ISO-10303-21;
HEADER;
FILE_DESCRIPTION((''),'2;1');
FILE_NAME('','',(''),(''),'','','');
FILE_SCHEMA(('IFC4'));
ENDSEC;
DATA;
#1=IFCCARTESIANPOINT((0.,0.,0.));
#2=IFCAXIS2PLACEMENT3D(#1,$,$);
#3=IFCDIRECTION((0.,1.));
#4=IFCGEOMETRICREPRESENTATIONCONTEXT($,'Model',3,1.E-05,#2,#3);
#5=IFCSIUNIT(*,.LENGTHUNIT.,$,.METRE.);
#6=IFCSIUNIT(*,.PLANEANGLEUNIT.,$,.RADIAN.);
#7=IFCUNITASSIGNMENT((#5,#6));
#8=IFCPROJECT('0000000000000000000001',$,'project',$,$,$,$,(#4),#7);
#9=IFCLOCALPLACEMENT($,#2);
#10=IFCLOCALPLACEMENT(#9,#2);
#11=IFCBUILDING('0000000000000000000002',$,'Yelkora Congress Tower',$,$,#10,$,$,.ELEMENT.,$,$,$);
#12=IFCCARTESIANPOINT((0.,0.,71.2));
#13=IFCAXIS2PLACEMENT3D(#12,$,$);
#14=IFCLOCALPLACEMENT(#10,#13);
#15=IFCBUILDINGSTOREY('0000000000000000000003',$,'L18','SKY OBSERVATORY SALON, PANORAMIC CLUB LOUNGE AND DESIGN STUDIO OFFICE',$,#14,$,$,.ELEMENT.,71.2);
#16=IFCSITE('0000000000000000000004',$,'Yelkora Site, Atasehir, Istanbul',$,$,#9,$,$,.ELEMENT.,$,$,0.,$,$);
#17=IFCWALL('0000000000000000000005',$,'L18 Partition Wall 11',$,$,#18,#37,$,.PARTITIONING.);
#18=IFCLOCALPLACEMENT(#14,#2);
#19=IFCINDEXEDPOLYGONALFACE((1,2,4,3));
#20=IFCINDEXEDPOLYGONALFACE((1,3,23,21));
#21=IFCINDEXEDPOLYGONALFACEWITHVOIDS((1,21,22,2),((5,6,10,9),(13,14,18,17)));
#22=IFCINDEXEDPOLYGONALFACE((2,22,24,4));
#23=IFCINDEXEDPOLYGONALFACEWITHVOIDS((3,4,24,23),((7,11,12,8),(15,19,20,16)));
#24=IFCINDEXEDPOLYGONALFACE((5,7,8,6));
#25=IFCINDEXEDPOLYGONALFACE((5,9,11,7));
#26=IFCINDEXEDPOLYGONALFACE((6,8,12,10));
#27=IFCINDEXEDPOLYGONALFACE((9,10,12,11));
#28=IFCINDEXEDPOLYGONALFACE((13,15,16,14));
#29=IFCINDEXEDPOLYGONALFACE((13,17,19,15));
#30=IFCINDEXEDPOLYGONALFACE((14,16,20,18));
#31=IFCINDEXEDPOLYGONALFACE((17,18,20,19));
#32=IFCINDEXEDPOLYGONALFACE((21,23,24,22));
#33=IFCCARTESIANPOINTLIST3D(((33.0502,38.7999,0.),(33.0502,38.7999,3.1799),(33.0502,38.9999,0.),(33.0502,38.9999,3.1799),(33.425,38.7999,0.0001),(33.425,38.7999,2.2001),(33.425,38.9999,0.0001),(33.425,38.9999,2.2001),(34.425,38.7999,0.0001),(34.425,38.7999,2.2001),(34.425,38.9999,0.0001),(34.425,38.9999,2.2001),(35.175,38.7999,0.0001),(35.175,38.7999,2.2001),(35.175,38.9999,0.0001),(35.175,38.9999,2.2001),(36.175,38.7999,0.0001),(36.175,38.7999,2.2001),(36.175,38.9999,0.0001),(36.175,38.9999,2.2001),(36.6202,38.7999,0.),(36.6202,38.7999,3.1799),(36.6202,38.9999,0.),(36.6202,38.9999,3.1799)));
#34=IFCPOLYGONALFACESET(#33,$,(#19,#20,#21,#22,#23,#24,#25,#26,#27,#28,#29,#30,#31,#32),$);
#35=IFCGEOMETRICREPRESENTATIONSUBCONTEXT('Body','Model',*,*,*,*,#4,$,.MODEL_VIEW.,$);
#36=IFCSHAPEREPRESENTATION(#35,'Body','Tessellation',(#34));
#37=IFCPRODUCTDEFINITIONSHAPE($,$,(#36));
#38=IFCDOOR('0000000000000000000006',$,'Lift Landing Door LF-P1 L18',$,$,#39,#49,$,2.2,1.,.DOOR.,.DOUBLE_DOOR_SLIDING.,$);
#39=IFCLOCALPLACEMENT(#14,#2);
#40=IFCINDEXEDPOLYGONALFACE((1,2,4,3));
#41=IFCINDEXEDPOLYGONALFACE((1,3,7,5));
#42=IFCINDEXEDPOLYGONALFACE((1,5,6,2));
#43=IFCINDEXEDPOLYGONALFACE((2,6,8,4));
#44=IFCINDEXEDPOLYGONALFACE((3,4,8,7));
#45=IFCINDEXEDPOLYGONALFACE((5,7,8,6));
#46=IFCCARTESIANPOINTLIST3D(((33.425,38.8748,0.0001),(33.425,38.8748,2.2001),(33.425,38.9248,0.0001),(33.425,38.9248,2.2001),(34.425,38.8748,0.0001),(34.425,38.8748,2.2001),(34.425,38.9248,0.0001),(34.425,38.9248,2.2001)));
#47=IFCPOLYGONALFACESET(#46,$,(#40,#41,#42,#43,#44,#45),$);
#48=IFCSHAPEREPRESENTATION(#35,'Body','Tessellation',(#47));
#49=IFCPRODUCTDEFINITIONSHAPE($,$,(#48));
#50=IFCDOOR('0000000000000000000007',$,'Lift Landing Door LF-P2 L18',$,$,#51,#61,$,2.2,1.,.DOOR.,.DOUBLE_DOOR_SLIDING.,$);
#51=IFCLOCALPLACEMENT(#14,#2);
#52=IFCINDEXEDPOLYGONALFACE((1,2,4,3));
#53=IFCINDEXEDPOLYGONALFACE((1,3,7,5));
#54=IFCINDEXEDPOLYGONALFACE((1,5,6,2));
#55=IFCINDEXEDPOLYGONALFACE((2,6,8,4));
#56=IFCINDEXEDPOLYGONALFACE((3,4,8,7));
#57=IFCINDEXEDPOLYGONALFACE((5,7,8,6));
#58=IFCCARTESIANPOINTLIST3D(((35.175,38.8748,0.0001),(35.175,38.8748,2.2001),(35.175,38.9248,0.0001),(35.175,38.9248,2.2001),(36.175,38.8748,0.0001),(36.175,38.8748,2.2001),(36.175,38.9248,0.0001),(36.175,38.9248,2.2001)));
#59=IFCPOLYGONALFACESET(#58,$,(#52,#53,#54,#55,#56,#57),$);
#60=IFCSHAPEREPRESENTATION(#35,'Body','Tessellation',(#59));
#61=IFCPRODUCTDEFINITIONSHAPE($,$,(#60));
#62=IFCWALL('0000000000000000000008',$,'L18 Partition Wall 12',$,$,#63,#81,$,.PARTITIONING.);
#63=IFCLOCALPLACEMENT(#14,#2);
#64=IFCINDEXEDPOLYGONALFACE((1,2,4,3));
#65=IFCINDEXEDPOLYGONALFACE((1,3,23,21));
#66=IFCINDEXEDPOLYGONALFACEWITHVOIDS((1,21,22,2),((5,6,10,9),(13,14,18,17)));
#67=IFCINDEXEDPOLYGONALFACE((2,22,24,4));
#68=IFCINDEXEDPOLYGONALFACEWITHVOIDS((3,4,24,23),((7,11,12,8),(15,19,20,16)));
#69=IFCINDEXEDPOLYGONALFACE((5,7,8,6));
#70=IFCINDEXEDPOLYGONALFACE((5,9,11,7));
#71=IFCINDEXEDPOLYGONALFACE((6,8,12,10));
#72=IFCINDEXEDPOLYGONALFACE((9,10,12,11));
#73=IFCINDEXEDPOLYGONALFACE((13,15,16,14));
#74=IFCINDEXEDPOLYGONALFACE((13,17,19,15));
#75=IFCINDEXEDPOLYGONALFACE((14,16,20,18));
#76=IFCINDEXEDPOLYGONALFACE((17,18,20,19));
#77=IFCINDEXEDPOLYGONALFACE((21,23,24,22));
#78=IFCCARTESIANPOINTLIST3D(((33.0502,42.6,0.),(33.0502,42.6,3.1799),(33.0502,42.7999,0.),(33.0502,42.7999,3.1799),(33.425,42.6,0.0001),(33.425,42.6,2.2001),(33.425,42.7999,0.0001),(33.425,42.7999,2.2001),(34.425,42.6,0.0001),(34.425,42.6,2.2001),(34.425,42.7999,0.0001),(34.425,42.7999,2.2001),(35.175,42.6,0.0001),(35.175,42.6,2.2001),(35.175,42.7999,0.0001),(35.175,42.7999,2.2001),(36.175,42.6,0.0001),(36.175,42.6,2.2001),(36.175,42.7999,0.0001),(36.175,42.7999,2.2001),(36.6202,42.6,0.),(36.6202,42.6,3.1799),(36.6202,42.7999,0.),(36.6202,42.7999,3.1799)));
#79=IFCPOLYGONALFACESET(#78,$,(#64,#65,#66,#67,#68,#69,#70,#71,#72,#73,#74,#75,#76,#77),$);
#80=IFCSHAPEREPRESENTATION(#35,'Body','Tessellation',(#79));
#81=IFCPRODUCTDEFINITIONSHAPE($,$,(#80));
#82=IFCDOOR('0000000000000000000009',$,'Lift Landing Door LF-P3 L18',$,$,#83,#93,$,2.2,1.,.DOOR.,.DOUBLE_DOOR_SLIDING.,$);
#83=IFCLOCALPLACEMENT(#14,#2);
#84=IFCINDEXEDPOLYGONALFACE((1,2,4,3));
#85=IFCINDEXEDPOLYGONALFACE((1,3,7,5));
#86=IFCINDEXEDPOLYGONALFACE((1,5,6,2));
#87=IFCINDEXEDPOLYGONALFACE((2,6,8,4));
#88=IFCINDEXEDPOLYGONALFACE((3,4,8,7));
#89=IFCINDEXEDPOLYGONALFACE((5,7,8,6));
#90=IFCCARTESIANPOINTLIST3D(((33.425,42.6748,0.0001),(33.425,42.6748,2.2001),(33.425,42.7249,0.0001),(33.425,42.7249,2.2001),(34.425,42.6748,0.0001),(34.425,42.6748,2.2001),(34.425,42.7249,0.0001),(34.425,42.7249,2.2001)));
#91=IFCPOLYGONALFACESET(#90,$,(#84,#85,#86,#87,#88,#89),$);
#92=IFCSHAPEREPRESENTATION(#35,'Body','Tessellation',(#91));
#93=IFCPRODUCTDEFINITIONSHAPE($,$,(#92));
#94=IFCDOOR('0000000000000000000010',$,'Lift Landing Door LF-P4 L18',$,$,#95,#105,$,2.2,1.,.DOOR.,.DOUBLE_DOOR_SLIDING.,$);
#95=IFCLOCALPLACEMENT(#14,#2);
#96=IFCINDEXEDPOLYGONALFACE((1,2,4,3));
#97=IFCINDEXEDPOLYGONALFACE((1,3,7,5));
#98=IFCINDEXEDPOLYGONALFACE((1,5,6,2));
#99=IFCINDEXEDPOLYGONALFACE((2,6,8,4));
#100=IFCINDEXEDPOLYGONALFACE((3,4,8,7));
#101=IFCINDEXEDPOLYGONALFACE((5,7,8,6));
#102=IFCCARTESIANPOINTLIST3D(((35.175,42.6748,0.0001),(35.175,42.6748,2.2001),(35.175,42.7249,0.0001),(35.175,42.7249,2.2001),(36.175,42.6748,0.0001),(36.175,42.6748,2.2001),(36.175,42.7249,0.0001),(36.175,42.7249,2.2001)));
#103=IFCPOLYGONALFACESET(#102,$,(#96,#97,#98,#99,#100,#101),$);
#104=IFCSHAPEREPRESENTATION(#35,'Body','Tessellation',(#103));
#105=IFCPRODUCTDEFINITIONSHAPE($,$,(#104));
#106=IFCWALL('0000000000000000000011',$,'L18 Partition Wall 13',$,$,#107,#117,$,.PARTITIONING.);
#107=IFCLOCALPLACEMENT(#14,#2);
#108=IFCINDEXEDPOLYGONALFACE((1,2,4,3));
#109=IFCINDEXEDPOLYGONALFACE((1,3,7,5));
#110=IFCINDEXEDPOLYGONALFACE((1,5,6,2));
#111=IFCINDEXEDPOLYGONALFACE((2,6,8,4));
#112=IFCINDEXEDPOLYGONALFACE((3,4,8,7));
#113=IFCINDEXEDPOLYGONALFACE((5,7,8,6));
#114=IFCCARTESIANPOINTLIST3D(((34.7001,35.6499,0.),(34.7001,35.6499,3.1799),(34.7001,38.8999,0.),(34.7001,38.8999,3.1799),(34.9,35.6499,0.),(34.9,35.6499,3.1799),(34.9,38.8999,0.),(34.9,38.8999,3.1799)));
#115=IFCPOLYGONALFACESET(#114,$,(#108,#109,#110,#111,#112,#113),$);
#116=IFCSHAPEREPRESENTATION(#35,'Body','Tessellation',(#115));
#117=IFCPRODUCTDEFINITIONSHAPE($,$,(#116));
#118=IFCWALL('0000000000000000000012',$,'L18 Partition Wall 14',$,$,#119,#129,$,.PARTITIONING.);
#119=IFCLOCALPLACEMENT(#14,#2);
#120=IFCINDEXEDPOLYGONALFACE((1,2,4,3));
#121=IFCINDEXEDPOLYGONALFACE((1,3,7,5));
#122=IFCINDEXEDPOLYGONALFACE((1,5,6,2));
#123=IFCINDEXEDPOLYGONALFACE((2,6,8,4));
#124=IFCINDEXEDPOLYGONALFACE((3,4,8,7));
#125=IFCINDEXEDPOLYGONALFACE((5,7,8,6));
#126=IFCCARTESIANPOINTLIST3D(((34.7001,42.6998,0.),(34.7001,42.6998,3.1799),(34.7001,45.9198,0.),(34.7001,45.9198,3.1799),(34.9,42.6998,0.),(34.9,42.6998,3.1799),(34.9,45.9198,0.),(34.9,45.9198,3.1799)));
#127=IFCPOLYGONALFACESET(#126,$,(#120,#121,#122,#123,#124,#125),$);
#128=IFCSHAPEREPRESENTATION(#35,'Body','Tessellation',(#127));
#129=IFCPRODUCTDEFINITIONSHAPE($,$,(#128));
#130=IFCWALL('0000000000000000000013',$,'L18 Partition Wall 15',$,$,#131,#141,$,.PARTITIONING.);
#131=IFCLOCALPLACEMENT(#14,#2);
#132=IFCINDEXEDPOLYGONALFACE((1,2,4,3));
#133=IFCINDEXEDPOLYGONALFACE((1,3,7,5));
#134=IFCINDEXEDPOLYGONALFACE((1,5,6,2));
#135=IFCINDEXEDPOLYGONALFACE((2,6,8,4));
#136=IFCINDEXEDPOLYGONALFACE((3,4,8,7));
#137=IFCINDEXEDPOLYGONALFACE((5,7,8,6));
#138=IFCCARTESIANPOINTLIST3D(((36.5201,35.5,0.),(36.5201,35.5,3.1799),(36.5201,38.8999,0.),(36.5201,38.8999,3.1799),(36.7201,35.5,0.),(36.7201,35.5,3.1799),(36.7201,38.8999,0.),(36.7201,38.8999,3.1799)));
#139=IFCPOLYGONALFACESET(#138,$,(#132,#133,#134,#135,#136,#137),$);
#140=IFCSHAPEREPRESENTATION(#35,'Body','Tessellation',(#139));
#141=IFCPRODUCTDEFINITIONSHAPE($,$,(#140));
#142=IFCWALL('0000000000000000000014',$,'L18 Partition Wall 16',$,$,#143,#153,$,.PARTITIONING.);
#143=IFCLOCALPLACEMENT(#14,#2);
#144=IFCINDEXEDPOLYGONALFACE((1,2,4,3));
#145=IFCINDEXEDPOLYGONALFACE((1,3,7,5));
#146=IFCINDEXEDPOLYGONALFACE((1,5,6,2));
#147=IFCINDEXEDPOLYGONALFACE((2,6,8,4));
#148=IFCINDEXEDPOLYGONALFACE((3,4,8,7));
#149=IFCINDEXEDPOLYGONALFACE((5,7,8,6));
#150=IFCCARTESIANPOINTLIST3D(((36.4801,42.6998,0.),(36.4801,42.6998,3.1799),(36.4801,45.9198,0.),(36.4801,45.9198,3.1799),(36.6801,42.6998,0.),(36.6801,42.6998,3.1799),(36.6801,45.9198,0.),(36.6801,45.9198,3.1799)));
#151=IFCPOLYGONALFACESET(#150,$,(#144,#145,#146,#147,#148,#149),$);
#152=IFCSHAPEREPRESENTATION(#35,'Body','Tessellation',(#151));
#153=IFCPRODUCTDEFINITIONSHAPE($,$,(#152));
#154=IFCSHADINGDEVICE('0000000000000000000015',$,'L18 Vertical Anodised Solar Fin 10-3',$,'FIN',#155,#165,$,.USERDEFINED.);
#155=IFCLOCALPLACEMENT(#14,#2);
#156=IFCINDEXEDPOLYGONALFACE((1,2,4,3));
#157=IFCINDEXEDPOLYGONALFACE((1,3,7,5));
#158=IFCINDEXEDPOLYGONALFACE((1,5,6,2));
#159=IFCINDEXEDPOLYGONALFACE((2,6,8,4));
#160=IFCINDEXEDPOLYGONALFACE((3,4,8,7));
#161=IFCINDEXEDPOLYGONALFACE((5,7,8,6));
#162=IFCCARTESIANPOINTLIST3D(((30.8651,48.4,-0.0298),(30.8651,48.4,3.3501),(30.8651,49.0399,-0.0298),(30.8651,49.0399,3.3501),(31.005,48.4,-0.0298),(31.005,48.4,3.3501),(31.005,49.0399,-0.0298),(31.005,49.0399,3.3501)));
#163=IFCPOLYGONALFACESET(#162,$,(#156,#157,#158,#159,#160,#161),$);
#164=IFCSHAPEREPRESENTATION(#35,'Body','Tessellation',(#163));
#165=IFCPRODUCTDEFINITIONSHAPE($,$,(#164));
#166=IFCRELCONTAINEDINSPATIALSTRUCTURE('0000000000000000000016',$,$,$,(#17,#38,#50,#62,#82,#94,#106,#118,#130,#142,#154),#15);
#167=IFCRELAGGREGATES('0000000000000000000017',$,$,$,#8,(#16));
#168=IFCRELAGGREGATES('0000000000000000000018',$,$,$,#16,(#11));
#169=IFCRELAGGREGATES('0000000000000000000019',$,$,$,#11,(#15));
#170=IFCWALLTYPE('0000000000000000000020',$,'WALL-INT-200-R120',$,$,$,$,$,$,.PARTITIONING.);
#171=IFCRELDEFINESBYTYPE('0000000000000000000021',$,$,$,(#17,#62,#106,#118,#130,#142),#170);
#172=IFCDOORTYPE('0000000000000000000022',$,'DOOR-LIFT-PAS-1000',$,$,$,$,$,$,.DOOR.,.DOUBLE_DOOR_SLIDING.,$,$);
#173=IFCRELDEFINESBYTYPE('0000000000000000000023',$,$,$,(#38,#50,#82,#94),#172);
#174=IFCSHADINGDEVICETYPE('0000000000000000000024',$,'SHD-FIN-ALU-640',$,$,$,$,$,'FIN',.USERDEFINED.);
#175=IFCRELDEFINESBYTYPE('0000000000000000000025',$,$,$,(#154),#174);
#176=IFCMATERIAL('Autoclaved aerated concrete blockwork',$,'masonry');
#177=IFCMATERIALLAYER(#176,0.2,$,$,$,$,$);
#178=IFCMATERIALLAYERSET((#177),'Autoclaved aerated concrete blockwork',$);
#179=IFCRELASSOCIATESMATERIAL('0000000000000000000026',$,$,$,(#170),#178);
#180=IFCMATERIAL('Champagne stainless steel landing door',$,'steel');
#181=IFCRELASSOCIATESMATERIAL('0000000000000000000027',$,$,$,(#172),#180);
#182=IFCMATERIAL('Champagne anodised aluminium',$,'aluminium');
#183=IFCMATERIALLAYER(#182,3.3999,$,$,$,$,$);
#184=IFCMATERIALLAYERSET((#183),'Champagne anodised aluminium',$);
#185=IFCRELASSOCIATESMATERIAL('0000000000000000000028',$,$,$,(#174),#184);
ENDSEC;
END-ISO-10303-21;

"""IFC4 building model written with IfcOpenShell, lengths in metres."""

from ifc_helpers import new_model, si_unit, direction, frame, frame_2d, origin, origin_2d, place, context, subcontext, project, spatial, rectangle, extrude, material, layer, layer_set, type_object, element, fill, save


model = new_model("IFC4")

# Units and contexts
model_context = context("Model", 3, precision=1e-05, world=origin(), true_north=direction((0.0, 1.0)))
body_context = subcontext(model_context, "Body", "Model", "MODEL_VIEW")
ifc_project = project(units=[si_unit("LENGTHUNIT", "METRE"), si_unit("PLANEANGLEUNIT", "RADIAN")], contexts=[model_context])

# Site, building, storey
site_placement = place(None, origin())
site = spatial("IfcSite", under=ifc_project, at=site_placement, Name="Yelkora Site, Atasehir, Istanbul", CompositionType="ELEMENT", RefElevation=0.0)
building_placement = place(site_placement, origin())
building = spatial("IfcBuilding", under=site, at=building_placement, Name="Yelkora Congress Tower", CompositionType="ELEMENT")
storey_placement = place(building_placement, frame((0.0, 0.0, 71.2)))
storey = spatial("IfcBuildingStorey", under=building, at=storey_placement, Name="L18", Description="SKY OBSERVATORY SALON, PANORAMIC CLUB LOUNGE AND DESIGN STUDIO OFFICE", CompositionType="ELEMENT", Elevation=71.2)

# Shared definitions
ifc_material_1 = material(Name="Autoclaved aerated concrete blockwork", Category="masonry")
ifc_layer_1 = layer(ifc_material_1, 0.2)
ifc_layer_set_1 = layer_set([ifc_layer_1], Name="Autoclaved aerated concrete blockwork")
wall_type_1 = type_object("IfcWallType", Name="WALL-INT-200-R120", PredefinedType="PARTITIONING", material=ifc_layer_set_1)

# Walls, openings, doors
wall_1_placement = place(storey_placement, frame((33.05, 38.8999, 0.0), z_axis=(0.0, 0.0, 1.0), x_axis=(1.0, 0.0, 0.0)))
wall_1 = element("IfcWall", 1, at=wall_1_placement, inside=storey, type_object=wall_type_1, Name="L18 Partition Wall 11", PredefinedType="PARTITIONING", context=body_context, shape_type="SweptSolid", body=[
    extrude(rectangle(XDim=3.5701, YDim=0.2, at=frame_2d((1.7852, 0.0))), origin(), (0.0, 0.0, 1.0), 3.1799),
])
opening_1_placement = place(wall_1_placement, frame((0.375, 0.0, 0.0)))
opening_1 = element("IfcOpeningElement", 2, at=opening_1_placement, cuts=wall_1, PredefinedType="OPENING", context=body_context, shape_type="SweptSolid", body=[
    extrude(rectangle(XDim=1.0, YDim=2.2, at=frame_2d((0.5, 1.1001))), frame((0.0, 0.1099, 0.0), z_axis=(0.0, -1.0, 0.0), x_axis=(1.0, 0.0, 0.0)), (0.0, 0.0, 1.0), 0.22),
])
opening_2_placement = place(wall_1_placement, frame((2.125, 0.0, 0.0)))
opening_2 = element("IfcOpeningElement", 3, at=opening_2_placement, cuts=wall_1, PredefinedType="OPENING", context=body_context, shape_type="SweptSolid", body=[
    extrude(rectangle(XDim=1.0, YDim=2.2, at=frame_2d((0.5, 1.1001))), frame((0.0, 0.1099, 0.0), z_axis=(0.0, -1.0, 0.0), x_axis=(1.0, 0.0, 0.0)), (0.0, 0.0, 1.0), 0.22),
])
ifc_material_2 = material(Name="Champagne stainless steel landing door", Category="steel")
door_type_1 = type_object("IfcDoorType", Name="DOOR-LIFT-PAS-1000", OperationType="DOUBLE_DOOR_SLIDING", PredefinedType="DOOR", material=ifc_material_2)
door_1_placement = place(opening_1_placement, origin())
door_1 = element("IfcDoor", 4, at=door_1_placement, inside=storey, type_object=door_type_1, Name="Lift Landing Door LF-P1 L18", OperationType="DOUBLE_DOOR_SLIDING", OverallHeight=2.2, OverallWidth=1.0, PredefinedType="DOOR", context=body_context, shape_type="SweptSolid", body=[
    extrude(rectangle(XDim=1.0, YDim=2.2, at=frame_2d((0.5, 1.1001))), frame((0.0, 0.0249, 0.0), z_axis=(0.0, -1.0, 0.0), x_axis=(1.0, 0.0, 0.0)), (0.0, 0.0, 1.0), 0.05),
])
fill(opening_1, door_1)
door_2_placement = place(opening_2_placement, origin())
door_2 = element("IfcDoor", 5, at=door_2_placement, inside=storey, type_object=door_type_1, Name="Lift Landing Door LF-P2 L18", OperationType="DOUBLE_DOOR_SLIDING", OverallHeight=2.2, OverallWidth=1.0, PredefinedType="DOOR", context=body_context, shape_type="SweptSolid", body=[
    extrude(rectangle(XDim=1.0, YDim=2.2, at=frame_2d((0.5, 1.1001))), frame((0.0, 0.0249, 0.0), z_axis=(0.0, -1.0, 0.0), x_axis=(1.0, 0.0, 0.0)), (0.0, 0.0, 1.0), 0.05),
])
fill(opening_2, door_2)
wall_2_placement = place(storey_placement, frame((33.05, 42.7, 0.0), z_axis=(0.0, 0.0, 1.0), x_axis=(1.0, 0.0, 0.0)))
wall_2 = element("IfcWall", 6, at=wall_2_placement, inside=storey, type_object=wall_type_1, Name="L18 Partition Wall 12", PredefinedType="PARTITIONING", context=body_context, shape_type="SweptSolid", body=[
    extrude(rectangle(XDim=3.5701, YDim=0.2, at=frame_2d((1.7852, 0.0))), origin(), (0.0, 0.0, 1.0), 3.1799),
])
opening_3_placement = place(wall_2_placement, frame((0.375, 0.0, 0.0)))
opening_3 = element("IfcOpeningElement", 7, at=opening_3_placement, cuts=wall_2, PredefinedType="OPENING", context=body_context, shape_type="SweptSolid", body=[
    extrude(rectangle(XDim=1.0, YDim=2.2, at=frame_2d((0.5, 1.1001))), frame((0.0, 0.1099, 0.0), z_axis=(0.0, -1.0, 0.0), x_axis=(1.0, 0.0, 0.0)), (0.0, 0.0, 1.0), 0.22),
])
opening_4_placement = place(wall_2_placement, frame((2.125, 0.0, 0.0)))
opening_4 = element("IfcOpeningElement", 8, at=opening_4_placement, cuts=wall_2, PredefinedType="OPENING", context=body_context, shape_type="SweptSolid", body=[
    extrude(rectangle(XDim=1.0, YDim=2.2, at=frame_2d((0.5, 1.1001))), frame((0.0, 0.1099, 0.0), z_axis=(0.0, -1.0, 0.0), x_axis=(1.0, 0.0, 0.0)), (0.0, 0.0, 1.0), 0.22),
])
door_3_placement = place(opening_3_placement, origin())
door_3 = element("IfcDoor", 9, at=door_3_placement, inside=storey, type_object=door_type_1, Name="Lift Landing Door LF-P3 L18", OperationType="DOUBLE_DOOR_SLIDING", OverallHeight=2.2, OverallWidth=1.0, PredefinedType="DOOR", context=body_context, shape_type="SweptSolid", body=[
    extrude(rectangle(XDim=1.0, YDim=2.2, at=frame_2d((0.5, 1.1001))), frame((0.0, 0.0249, 0.0), z_axis=(0.0, -1.0, 0.0), x_axis=(1.0, 0.0, 0.0)), (0.0, 0.0, 1.0), 0.05),
])
fill(opening_3, door_3)
door_4_placement = place(opening_4_placement, origin())
door_4 = element("IfcDoor", 10, at=door_4_placement, inside=storey, type_object=door_type_1, Name="Lift Landing Door LF-P4 L18", OperationType="DOUBLE_DOOR_SLIDING", OverallHeight=2.2, OverallWidth=1.0, PredefinedType="DOOR", context=body_context, shape_type="SweptSolid", body=[
    extrude(rectangle(XDim=1.0, YDim=2.2, at=frame_2d((0.5, 1.1001))), frame((0.0, 0.0249, 0.0), z_axis=(0.0, -1.0, 0.0), x_axis=(1.0, 0.0, 0.0)), (0.0, 0.0, 1.0), 0.05),
])
fill(opening_4, door_4)

# Walls
wall_3_placement = place(storey_placement, frame((34.8, 35.6499, 0.0), z_axis=(0.0, 0.0, 1.0), x_axis=(0.0, 1.0, 0.0)))
element("IfcWall", 11, at=wall_3_placement, inside=storey, type_object=wall_type_1, Name="L18 Partition Wall 13", PredefinedType="PARTITIONING", context=body_context, shape_type="SweptSolid", body=[
    extrude(rectangle(XDim=3.25, YDim=0.2, at=frame_2d((1.625, 0.0))), origin(), (0.0, 0.0, 1.0), 3.1799),
])
wall_4_placement = place(storey_placement, frame((34.8, 42.7, 0.0), z_axis=(0.0, 0.0, 1.0), x_axis=(0.0, 1.0, 0.0)))
element("IfcWall", 12, at=wall_4_placement, inside=storey, type_object=wall_type_1, Name="L18 Partition Wall 14", PredefinedType="PARTITIONING", context=body_context, shape_type="SweptSolid", body=[
    extrude(rectangle(XDim=3.22, YDim=0.2, at=frame_2d((1.6099, 0.0))), origin(), (0.0, 0.0, 1.0), 3.1799),
])
wall_5_placement = place(storey_placement, frame((36.6201, 35.5, 0.0), z_axis=(0.0, 0.0, 1.0), x_axis=(0.0, 1.0, 0.0)))
element("IfcWall", 13, at=wall_5_placement, inside=storey, type_object=wall_type_1, Name="L18 Partition Wall 15", PredefinedType="PARTITIONING", context=body_context, shape_type="SweptSolid", body=[
    extrude(rectangle(XDim=3.3999, YDim=0.2, at=frame_2d((1.7, 0.0))), origin(), (0.0, 0.0, 1.0), 3.1799),
])
wall_6_placement = place(storey_placement, frame((36.5801, 42.7, 0.0), z_axis=(0.0, 0.0, 1.0), x_axis=(0.0, 1.0, 0.0)))
element("IfcWall", 14, at=wall_6_placement, inside=storey, type_object=wall_type_1, Name="L18 Partition Wall 16", PredefinedType="PARTITIONING", context=body_context, shape_type="SweptSolid", body=[
    extrude(rectangle(XDim=3.22, YDim=0.2, at=frame_2d((1.6099, 0.0))), origin(), (0.0, 0.0, 1.0), 3.1799),
])

# Shading device
ifc_material_3 = material(Name="Champagne anodised aluminium", Category="aluminium")
ifc_layer_2 = layer(ifc_material_3, 3.3999)
ifc_layer_set_2 = layer_set([ifc_layer_2], Name="Champagne anodised aluminium")
shading_device_type = type_object("IfcShadingDeviceType", Name="SHD-FIN-ALU-640", ElementType="FIN", PredefinedType="USERDEFINED", material=ifc_layer_set_2)
shading_device_placement = place(storey_placement, frame((30.9351, 48.72, -0.0298), z_axis=(0.0, 0.0, 1.0), x_axis=(1.0, 0.0, 0.0)))
element("IfcShadingDevice", 15, at=shading_device_placement, inside=storey, type_object=shading_device_type, Name="L18 Vertical Anodised Solar Fin 10-3", ObjectType="FIN", PredefinedType="USERDEFINED", context=body_context, shape_type="SweptSolid", body=[
    extrude(rectangle(XDim=0.1399, YDim=0.6399, at=origin_2d()), origin(), (0.0, 0.0, 1.0), 3.3799),
])

save(model, "model.ifc")
